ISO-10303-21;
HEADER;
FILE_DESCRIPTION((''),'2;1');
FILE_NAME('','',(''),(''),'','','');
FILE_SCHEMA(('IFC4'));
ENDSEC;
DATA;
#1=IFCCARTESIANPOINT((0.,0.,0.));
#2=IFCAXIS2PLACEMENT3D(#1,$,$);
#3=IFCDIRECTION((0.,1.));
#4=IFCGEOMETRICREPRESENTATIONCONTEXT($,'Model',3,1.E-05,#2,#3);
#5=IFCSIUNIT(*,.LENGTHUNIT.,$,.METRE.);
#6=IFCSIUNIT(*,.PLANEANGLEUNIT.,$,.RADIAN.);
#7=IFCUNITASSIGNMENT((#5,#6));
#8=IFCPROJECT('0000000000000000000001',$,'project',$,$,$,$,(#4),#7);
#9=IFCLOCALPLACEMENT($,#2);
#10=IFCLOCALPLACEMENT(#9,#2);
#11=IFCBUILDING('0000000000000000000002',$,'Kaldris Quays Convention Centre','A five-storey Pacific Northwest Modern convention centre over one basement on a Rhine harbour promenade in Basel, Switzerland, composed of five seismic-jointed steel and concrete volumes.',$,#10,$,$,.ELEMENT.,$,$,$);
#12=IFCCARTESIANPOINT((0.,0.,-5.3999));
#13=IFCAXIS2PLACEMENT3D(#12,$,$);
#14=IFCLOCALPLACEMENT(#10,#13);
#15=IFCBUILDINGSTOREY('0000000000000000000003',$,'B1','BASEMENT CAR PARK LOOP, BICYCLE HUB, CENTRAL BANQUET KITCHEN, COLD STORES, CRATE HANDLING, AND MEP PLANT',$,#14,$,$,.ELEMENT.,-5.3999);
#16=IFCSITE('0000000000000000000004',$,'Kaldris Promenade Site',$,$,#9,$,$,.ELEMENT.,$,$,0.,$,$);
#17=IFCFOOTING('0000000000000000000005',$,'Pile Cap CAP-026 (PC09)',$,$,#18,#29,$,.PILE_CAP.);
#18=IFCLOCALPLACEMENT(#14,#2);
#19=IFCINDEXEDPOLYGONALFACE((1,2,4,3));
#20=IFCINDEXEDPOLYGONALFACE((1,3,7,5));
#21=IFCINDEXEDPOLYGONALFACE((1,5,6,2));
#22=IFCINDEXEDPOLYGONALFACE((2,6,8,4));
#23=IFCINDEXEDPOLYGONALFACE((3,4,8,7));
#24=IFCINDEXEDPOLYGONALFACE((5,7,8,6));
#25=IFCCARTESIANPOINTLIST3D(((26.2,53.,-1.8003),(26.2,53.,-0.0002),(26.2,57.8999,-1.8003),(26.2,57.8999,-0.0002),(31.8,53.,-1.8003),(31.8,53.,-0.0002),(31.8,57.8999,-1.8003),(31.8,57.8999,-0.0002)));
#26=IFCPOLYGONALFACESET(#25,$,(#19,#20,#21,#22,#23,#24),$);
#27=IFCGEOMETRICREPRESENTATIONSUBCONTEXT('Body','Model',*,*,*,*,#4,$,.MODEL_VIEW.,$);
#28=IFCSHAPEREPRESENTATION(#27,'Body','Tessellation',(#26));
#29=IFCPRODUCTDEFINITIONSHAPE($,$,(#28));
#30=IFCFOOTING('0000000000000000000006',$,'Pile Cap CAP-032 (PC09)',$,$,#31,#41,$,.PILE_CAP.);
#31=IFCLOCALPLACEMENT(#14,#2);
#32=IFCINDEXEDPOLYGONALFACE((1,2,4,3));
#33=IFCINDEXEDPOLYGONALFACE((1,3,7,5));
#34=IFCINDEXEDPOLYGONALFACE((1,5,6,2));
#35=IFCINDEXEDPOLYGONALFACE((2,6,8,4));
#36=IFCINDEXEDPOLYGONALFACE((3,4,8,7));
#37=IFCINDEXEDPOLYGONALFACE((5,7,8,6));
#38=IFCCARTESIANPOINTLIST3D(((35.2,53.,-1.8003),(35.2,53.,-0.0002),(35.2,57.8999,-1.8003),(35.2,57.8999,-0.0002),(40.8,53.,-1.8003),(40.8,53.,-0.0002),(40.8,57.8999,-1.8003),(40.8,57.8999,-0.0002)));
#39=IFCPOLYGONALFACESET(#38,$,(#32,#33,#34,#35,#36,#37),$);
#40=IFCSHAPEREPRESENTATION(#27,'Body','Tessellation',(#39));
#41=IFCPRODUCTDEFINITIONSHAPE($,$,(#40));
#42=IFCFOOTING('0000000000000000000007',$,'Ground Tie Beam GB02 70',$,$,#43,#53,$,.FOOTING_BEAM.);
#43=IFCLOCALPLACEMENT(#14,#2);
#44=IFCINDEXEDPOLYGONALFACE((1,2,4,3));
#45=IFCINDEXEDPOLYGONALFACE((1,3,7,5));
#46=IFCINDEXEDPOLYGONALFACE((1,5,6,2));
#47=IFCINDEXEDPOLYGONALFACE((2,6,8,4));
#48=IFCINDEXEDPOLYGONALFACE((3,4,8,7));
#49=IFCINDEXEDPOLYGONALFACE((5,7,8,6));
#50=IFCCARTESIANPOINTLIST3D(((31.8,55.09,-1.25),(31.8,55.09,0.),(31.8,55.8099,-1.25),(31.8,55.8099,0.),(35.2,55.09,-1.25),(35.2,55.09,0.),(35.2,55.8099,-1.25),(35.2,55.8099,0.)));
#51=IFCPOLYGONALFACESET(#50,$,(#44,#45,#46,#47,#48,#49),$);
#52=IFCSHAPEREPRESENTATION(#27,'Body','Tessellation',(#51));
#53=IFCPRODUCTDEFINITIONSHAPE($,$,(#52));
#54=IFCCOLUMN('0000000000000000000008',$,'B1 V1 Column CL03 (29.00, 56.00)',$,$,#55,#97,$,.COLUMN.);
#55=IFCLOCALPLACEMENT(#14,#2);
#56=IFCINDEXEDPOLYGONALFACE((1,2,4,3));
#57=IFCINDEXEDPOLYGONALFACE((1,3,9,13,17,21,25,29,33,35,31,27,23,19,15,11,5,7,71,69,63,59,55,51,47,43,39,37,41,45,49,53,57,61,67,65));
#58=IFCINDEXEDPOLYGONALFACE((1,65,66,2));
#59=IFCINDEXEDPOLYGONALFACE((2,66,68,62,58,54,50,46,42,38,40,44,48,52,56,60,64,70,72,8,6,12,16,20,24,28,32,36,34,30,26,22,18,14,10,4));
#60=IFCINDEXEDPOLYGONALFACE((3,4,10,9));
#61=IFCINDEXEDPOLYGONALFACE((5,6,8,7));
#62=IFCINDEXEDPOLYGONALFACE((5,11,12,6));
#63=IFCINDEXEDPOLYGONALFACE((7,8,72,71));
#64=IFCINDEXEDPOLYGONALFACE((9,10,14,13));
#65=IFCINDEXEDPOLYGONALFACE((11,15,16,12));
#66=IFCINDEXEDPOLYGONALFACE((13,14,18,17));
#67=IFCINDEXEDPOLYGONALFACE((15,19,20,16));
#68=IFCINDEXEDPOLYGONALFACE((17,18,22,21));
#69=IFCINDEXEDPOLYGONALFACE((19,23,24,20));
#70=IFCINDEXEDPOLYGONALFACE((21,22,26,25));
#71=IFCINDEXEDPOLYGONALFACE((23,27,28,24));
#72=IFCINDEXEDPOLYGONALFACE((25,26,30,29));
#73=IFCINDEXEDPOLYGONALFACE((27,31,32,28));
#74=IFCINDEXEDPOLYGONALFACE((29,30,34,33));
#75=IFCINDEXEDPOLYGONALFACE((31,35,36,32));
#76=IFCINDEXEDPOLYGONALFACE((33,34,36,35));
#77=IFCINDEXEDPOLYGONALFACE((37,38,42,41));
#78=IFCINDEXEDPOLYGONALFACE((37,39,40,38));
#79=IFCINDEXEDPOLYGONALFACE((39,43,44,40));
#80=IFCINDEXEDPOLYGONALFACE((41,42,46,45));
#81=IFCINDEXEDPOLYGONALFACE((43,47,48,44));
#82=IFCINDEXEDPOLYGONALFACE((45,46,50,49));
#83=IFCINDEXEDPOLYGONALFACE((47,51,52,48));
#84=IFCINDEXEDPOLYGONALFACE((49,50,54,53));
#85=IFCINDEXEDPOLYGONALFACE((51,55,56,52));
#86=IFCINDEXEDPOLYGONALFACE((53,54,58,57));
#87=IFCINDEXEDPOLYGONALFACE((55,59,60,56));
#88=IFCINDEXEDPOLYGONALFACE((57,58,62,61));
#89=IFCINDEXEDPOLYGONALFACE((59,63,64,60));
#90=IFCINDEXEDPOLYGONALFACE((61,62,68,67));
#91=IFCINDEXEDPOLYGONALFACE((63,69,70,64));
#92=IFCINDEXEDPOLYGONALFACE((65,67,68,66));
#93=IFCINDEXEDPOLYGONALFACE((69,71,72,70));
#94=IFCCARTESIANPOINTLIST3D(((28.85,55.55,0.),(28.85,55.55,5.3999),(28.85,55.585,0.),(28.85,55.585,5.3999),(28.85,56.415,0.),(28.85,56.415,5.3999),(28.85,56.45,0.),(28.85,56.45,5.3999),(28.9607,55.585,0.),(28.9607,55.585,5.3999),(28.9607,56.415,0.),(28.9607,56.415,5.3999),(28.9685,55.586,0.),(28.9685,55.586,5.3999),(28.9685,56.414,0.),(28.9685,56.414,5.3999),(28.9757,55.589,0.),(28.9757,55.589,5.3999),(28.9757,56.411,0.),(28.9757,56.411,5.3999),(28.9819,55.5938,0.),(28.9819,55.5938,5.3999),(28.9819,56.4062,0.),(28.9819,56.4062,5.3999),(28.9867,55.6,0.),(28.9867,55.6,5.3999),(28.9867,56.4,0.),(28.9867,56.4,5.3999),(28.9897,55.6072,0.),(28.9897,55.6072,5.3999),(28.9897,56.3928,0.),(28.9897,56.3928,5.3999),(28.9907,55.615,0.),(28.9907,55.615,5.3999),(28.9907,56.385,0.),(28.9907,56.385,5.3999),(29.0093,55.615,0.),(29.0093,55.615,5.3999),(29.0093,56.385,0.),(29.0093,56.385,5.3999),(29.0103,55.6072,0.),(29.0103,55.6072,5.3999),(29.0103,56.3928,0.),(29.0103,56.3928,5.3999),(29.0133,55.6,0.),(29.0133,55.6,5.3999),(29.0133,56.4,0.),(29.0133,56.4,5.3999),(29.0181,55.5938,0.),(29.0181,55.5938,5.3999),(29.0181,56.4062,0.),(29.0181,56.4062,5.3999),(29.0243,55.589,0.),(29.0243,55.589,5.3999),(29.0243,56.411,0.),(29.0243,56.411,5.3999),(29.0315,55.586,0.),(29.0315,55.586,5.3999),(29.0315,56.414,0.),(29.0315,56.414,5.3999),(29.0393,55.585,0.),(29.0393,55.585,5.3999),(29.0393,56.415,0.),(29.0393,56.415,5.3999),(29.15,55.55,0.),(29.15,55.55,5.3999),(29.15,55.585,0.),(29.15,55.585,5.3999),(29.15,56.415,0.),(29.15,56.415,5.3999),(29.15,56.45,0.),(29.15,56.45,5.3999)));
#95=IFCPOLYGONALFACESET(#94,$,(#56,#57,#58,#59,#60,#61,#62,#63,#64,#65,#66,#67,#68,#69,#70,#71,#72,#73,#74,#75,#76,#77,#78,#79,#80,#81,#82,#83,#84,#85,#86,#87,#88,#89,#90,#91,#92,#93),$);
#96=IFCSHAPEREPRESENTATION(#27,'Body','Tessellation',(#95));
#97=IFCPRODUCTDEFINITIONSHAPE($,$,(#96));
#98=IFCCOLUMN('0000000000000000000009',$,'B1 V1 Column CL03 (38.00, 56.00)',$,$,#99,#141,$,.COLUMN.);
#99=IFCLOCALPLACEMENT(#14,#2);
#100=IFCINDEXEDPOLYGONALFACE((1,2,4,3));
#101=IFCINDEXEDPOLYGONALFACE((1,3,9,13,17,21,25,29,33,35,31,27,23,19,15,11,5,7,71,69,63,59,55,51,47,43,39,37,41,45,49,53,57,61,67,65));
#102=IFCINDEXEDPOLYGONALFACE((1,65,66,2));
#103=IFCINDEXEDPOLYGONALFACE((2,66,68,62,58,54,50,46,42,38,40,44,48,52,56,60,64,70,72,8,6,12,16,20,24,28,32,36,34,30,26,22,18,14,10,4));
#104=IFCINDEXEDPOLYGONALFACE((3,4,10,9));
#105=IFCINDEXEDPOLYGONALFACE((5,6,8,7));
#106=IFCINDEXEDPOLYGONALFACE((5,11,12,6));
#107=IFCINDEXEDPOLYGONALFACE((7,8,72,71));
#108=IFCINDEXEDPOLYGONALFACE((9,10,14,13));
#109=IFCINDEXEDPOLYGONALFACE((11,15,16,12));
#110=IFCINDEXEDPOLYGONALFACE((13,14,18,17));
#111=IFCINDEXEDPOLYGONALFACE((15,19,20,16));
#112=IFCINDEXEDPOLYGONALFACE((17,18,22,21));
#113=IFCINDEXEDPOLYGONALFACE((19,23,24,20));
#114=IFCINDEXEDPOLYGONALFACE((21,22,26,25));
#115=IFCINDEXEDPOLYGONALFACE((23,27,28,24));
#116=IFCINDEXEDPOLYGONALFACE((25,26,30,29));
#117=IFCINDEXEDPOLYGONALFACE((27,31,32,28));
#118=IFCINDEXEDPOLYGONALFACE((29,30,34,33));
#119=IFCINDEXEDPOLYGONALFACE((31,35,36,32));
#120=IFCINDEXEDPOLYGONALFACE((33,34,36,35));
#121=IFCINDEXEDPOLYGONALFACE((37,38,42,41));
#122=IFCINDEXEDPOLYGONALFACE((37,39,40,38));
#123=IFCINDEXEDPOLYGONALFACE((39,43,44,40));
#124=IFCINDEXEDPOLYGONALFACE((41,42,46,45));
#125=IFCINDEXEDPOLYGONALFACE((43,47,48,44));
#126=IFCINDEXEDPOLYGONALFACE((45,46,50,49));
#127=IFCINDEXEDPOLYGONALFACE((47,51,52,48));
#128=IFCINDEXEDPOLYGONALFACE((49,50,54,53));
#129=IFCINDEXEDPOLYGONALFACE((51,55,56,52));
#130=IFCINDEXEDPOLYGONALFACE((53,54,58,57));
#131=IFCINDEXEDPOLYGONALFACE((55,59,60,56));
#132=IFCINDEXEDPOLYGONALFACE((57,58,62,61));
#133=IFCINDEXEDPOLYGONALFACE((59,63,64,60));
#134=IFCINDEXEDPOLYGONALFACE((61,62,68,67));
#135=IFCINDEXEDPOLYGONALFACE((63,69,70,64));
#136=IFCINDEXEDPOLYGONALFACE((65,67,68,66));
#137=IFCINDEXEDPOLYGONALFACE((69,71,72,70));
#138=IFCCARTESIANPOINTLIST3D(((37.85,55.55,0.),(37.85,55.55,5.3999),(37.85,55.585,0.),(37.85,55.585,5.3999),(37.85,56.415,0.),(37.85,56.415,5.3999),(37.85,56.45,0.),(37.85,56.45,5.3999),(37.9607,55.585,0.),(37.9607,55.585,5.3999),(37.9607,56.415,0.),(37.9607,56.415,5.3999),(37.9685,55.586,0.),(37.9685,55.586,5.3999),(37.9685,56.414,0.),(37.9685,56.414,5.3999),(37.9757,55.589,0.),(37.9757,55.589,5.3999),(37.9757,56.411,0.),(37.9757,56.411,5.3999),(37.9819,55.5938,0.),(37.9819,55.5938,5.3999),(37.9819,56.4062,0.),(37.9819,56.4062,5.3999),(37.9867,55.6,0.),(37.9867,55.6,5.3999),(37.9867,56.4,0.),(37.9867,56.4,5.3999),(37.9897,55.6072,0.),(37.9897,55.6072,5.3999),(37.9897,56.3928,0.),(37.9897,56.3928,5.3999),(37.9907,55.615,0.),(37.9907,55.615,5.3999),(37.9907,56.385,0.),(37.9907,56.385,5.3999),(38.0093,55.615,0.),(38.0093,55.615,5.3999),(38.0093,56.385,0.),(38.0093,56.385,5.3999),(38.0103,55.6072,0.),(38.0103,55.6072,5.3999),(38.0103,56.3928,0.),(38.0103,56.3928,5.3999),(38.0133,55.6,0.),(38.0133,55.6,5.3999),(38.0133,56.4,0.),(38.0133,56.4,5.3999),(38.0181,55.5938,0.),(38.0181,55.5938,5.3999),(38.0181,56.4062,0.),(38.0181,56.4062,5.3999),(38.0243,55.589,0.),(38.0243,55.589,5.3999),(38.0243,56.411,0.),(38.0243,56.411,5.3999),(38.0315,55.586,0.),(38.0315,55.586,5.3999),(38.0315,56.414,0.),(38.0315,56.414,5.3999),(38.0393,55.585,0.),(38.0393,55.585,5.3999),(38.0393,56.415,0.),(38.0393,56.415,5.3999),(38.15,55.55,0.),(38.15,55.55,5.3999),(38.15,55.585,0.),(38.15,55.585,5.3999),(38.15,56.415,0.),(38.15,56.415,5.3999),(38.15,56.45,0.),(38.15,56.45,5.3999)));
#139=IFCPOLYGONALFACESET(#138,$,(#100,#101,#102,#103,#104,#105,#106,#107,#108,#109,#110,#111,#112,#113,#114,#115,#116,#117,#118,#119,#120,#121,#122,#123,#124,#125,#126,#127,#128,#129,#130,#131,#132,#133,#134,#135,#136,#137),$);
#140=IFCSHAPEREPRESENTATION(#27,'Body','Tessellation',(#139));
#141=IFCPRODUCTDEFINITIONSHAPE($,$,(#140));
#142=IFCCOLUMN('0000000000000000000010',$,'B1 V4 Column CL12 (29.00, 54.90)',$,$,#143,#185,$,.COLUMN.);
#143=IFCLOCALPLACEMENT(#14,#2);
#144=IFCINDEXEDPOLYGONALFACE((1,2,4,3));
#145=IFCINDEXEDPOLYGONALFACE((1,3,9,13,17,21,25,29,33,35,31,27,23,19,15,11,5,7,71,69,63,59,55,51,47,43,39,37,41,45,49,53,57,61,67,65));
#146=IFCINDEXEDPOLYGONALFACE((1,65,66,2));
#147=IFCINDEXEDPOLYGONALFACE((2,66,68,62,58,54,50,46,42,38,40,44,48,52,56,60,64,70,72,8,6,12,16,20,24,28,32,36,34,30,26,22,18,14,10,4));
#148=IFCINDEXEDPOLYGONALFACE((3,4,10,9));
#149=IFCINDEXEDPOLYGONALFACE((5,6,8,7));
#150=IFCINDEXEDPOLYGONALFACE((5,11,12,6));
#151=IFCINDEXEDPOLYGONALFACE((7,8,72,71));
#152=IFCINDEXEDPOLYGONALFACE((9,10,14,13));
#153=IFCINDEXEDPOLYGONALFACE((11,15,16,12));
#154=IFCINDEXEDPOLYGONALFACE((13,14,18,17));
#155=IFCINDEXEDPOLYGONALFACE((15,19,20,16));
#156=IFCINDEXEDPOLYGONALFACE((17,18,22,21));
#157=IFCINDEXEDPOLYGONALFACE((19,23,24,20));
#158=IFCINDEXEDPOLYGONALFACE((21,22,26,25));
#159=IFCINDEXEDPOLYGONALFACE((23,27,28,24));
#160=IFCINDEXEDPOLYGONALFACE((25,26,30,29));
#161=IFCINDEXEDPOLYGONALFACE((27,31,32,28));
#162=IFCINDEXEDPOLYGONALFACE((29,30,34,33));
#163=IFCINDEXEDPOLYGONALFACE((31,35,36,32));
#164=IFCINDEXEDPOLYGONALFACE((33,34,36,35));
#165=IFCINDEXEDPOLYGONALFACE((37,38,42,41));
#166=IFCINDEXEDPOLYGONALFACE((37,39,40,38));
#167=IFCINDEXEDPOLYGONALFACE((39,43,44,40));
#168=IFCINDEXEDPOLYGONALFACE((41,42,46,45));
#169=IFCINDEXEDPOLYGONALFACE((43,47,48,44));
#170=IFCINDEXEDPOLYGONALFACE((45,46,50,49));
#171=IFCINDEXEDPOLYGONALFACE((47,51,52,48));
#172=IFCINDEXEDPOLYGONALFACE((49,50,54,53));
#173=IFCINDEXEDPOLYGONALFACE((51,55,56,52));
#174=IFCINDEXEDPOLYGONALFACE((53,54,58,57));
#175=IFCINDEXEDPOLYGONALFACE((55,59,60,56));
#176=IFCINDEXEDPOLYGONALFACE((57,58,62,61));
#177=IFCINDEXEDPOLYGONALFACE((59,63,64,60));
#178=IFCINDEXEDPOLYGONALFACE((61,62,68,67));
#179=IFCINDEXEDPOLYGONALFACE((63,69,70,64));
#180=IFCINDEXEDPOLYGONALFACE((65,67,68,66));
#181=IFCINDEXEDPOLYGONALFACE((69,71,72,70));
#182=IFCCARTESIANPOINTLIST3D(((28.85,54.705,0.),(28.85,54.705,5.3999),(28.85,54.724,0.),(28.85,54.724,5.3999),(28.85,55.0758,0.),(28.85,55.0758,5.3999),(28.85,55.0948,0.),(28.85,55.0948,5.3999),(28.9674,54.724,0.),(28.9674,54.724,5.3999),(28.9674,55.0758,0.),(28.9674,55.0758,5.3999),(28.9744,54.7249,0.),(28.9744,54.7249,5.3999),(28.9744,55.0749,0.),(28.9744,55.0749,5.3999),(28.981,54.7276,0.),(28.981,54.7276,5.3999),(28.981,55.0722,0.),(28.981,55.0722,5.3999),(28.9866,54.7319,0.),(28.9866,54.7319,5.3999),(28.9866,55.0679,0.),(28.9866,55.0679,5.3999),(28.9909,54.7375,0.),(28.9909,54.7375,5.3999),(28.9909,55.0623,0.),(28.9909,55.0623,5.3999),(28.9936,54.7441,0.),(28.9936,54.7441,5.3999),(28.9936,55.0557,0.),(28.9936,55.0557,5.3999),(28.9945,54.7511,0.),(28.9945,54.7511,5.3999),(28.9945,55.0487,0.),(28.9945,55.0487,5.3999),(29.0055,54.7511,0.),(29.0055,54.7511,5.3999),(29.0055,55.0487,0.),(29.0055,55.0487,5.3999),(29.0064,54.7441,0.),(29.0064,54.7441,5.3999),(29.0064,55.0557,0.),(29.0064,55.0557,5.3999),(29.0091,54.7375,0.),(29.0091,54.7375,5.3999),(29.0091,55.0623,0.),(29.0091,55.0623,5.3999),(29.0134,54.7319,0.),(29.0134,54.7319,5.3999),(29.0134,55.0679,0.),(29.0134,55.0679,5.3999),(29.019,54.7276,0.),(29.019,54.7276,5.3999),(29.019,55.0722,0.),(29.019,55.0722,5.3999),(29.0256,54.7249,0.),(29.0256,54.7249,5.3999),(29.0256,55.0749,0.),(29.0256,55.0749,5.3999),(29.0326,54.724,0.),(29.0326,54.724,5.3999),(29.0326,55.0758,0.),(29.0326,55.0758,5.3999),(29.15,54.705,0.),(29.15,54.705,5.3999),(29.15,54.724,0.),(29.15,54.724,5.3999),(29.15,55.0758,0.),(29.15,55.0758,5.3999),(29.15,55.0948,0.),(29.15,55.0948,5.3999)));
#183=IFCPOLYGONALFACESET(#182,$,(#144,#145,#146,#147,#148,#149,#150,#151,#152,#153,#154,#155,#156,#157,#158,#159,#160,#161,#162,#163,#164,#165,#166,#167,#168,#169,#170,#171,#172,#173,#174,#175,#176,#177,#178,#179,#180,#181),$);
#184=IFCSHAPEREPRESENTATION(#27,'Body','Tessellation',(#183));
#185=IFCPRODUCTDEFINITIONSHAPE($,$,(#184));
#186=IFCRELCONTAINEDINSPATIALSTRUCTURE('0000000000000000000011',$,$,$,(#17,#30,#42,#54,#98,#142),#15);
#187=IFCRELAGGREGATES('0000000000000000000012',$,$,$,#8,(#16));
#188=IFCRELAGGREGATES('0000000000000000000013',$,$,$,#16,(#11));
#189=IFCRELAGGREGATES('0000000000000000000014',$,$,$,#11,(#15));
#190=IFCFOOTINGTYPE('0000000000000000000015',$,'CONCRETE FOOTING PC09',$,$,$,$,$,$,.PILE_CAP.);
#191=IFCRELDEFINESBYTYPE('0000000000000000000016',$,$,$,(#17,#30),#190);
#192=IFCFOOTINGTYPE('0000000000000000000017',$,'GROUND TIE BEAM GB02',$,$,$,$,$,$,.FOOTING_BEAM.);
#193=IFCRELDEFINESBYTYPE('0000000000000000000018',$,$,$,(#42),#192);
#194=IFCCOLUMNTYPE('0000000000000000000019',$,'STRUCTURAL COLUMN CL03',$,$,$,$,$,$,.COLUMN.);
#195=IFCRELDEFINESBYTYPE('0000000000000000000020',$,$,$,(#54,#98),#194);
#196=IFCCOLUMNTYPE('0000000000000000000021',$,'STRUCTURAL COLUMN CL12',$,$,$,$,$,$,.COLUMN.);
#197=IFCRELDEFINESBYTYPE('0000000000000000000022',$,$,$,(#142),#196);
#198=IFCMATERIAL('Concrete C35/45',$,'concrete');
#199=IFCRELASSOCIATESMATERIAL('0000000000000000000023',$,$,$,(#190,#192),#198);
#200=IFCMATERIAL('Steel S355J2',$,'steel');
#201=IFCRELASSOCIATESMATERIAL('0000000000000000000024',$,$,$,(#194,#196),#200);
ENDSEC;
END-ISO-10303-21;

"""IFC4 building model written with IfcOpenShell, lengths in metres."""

from ifc_helpers import new_model, si_unit, direction, frame, origin, origin_2d, place, context, subcontext, project, spatial, rectangle, i_section, extrude, material, material_profile, profile_set, type_object, element, save


model = new_model("IFC4")

# Units and contexts
model_context = context("Model", 3, precision=1e-05, world=origin(), true_north=direction((0.0, 1.0)))
body_context = subcontext(model_context, "Body", "Model", "MODEL_VIEW")
ifc_project = project(units=[si_unit("LENGTHUNIT", "METRE"), si_unit("PLANEANGLEUNIT", "RADIAN")], contexts=[model_context])

# Site, building, storey
site_placement = place(None, origin())
site = spatial("IfcSite", under=ifc_project, at=site_placement, Name="Kaldris Promenade Site", CompositionType="ELEMENT", RefElevation=0.0)
building_placement = place(site_placement, origin())
building = spatial("IfcBuilding", under=site, at=building_placement, Name="Kaldris Quays Convention Centre", Description="A five-storey Pacific Northwest Modern convention centre over one basement on a Rhine harbour promenade in Basel, Switzerland, composed of five seismic-jointed steel and concrete volumes.", CompositionType="ELEMENT")
storey_placement = place(building_placement, frame((0.0, 0.0, -5.3999)))
storey = spatial("IfcBuildingStorey", under=building, at=storey_placement, Name="B1", Description="BASEMENT CAR PARK LOOP, BICYCLE HUB, CENTRAL BANQUET KITCHEN, COLD STORES, CRATE HANDLING, AND MEP PLANT", CompositionType="ELEMENT", Elevation=-5.3999)

# Shared definitions
ifc_material_1 = material(Name="Concrete C35/45", Category="concrete")

# Footings
footing_type_1 = type_object("IfcFootingType", Name="CONCRETE FOOTING PC09", PredefinedType="PILE_CAP", material=ifc_material_1)
for number, where, z_axis, x_axis, name in (
    (1, (29.0, 55.45, -1.8003), (0.0, 0.0, 1.0), (1.0, 0.0, 0.0), "Pile Cap CAP-026 (PC09)"),
    (2, (38.0, 55.45, -1.8003), (0.0, 0.0, 1.0), (1.0, 0.0, 0.0), "Pile Cap CAP-032 (PC09)"),
):
    element("IfcFooting", number, at=place(storey_placement, frame(where, z_axis=z_axis, x_axis=x_axis)), inside=storey, type_object=footing_type_1, Name=name, PredefinedType="PILE_CAP", context=body_context, shape_type="SweptSolid", body=[
        extrude(rectangle(XDim=5.6001, YDim=4.8999, at=origin_2d()), origin(), (0.0, 0.0, 1.0), 1.8),
    ])
footing_type_2 = type_object("IfcFootingType", Name="GROUND TIE BEAM GB02", PredefinedType="FOOTING_BEAM", material=ifc_material_1)
footing_placement = place(storey_placement, frame((33.5, 55.45, -1.25), z_axis=(0.0, 0.0, 1.0), x_axis=(1.0, 0.0, 0.0)))
element("IfcFooting", 3, at=footing_placement, inside=storey, type_object=footing_type_2, Name="Ground Tie Beam GB02 70", PredefinedType="FOOTING_BEAM", context=body_context, shape_type="SweptSolid", body=[
    extrude(rectangle(XDim=3.3999, YDim=0.72, at=origin_2d()), origin(), (0.0, 0.0, 1.0), 1.25),
])

# Columns
ifc_material_2 = material(Name="Steel S355J2", Category="steel")
ifc_material_profile_1 = material_profile(ifc_material_2, i_section(OverallWidth=0.3, OverallDepth=0.8999, WebThickness=0.0186, FlangeThickness=0.0349, FilletRadius=0.03, at=origin_2d()), Name="HEB 900")
ifc_profile_set_1 = profile_set([ifc_material_profile_1], Name="Steel S355J2")
column_type_1 = type_object("IfcColumnType", Name="STRUCTURAL COLUMN CL03", PredefinedType="COLUMN", material=ifc_profile_set_1)
for number, where, z_axis, x_axis, name in (
    (4, (29.0, 56.0, 0.0), (0.0, 0.0, 1.0), (1.0, 0.0, 0.0), "B1 V1 Column CL03 (29.00, 56.00)"),
    (5, (38.0, 56.0, 0.0), (0.0, 0.0, 1.0), (1.0, 0.0, 0.0), "B1 V1 Column CL03 (38.00, 56.00)"),
):
    element("IfcColumn", number, at=place(storey_placement, frame(where, z_axis=z_axis, x_axis=x_axis)), inside=storey, type_object=column_type_1, Name=name, PredefinedType="COLUMN", context=body_context, shape_type="SweptSolid", body=[
        extrude(i_section(OverallWidth=0.3, OverallDepth=0.8999, WebThickness=0.0186, FlangeThickness=0.0349, FilletRadius=0.03, at=origin_2d()), origin(), (0.0, 0.0, 1.0), 5.3999),
    ])
ifc_material_profile_2 = material_profile(ifc_material_2, i_section(OverallWidth=0.3, OverallDepth=0.3899, WebThickness=0.011, FlangeThickness=0.019, FilletRadius=0.0271, at=origin_2d()), Name="HEA 400")
ifc_profile_set_2 = profile_set([ifc_material_profile_2], Name="Steel S355J2")
column_type_2 = type_object("IfcColumnType", Name="STRUCTURAL COLUMN CL12", PredefinedType="COLUMN", material=ifc_profile_set_2)
for number, where, z_axis, x_axis, name in (
    (6, (29.0, 54.8999, 0.0), (0.0, 0.0, 1.0), (1.0, 0.0, 0.0), "B1 V4 Column CL12 (29.00, 54.90)"),
):
    element("IfcColumn", number, at=place(storey_placement, frame(where, z_axis=z_axis, x_axis=x_axis)), inside=storey, type_object=column_type_2, Name=name, PredefinedType="COLUMN", context=body_context, shape_type="SweptSolid", body=[
        extrude(i_section(OverallWidth=0.3, OverallDepth=0.3899, WebThickness=0.011, FlangeThickness=0.019, FilletRadius=0.0271, at=origin_2d()), origin(), (0.0, 0.0, 1.0), 5.3999),
    ])

save(model, "model.ifc")
